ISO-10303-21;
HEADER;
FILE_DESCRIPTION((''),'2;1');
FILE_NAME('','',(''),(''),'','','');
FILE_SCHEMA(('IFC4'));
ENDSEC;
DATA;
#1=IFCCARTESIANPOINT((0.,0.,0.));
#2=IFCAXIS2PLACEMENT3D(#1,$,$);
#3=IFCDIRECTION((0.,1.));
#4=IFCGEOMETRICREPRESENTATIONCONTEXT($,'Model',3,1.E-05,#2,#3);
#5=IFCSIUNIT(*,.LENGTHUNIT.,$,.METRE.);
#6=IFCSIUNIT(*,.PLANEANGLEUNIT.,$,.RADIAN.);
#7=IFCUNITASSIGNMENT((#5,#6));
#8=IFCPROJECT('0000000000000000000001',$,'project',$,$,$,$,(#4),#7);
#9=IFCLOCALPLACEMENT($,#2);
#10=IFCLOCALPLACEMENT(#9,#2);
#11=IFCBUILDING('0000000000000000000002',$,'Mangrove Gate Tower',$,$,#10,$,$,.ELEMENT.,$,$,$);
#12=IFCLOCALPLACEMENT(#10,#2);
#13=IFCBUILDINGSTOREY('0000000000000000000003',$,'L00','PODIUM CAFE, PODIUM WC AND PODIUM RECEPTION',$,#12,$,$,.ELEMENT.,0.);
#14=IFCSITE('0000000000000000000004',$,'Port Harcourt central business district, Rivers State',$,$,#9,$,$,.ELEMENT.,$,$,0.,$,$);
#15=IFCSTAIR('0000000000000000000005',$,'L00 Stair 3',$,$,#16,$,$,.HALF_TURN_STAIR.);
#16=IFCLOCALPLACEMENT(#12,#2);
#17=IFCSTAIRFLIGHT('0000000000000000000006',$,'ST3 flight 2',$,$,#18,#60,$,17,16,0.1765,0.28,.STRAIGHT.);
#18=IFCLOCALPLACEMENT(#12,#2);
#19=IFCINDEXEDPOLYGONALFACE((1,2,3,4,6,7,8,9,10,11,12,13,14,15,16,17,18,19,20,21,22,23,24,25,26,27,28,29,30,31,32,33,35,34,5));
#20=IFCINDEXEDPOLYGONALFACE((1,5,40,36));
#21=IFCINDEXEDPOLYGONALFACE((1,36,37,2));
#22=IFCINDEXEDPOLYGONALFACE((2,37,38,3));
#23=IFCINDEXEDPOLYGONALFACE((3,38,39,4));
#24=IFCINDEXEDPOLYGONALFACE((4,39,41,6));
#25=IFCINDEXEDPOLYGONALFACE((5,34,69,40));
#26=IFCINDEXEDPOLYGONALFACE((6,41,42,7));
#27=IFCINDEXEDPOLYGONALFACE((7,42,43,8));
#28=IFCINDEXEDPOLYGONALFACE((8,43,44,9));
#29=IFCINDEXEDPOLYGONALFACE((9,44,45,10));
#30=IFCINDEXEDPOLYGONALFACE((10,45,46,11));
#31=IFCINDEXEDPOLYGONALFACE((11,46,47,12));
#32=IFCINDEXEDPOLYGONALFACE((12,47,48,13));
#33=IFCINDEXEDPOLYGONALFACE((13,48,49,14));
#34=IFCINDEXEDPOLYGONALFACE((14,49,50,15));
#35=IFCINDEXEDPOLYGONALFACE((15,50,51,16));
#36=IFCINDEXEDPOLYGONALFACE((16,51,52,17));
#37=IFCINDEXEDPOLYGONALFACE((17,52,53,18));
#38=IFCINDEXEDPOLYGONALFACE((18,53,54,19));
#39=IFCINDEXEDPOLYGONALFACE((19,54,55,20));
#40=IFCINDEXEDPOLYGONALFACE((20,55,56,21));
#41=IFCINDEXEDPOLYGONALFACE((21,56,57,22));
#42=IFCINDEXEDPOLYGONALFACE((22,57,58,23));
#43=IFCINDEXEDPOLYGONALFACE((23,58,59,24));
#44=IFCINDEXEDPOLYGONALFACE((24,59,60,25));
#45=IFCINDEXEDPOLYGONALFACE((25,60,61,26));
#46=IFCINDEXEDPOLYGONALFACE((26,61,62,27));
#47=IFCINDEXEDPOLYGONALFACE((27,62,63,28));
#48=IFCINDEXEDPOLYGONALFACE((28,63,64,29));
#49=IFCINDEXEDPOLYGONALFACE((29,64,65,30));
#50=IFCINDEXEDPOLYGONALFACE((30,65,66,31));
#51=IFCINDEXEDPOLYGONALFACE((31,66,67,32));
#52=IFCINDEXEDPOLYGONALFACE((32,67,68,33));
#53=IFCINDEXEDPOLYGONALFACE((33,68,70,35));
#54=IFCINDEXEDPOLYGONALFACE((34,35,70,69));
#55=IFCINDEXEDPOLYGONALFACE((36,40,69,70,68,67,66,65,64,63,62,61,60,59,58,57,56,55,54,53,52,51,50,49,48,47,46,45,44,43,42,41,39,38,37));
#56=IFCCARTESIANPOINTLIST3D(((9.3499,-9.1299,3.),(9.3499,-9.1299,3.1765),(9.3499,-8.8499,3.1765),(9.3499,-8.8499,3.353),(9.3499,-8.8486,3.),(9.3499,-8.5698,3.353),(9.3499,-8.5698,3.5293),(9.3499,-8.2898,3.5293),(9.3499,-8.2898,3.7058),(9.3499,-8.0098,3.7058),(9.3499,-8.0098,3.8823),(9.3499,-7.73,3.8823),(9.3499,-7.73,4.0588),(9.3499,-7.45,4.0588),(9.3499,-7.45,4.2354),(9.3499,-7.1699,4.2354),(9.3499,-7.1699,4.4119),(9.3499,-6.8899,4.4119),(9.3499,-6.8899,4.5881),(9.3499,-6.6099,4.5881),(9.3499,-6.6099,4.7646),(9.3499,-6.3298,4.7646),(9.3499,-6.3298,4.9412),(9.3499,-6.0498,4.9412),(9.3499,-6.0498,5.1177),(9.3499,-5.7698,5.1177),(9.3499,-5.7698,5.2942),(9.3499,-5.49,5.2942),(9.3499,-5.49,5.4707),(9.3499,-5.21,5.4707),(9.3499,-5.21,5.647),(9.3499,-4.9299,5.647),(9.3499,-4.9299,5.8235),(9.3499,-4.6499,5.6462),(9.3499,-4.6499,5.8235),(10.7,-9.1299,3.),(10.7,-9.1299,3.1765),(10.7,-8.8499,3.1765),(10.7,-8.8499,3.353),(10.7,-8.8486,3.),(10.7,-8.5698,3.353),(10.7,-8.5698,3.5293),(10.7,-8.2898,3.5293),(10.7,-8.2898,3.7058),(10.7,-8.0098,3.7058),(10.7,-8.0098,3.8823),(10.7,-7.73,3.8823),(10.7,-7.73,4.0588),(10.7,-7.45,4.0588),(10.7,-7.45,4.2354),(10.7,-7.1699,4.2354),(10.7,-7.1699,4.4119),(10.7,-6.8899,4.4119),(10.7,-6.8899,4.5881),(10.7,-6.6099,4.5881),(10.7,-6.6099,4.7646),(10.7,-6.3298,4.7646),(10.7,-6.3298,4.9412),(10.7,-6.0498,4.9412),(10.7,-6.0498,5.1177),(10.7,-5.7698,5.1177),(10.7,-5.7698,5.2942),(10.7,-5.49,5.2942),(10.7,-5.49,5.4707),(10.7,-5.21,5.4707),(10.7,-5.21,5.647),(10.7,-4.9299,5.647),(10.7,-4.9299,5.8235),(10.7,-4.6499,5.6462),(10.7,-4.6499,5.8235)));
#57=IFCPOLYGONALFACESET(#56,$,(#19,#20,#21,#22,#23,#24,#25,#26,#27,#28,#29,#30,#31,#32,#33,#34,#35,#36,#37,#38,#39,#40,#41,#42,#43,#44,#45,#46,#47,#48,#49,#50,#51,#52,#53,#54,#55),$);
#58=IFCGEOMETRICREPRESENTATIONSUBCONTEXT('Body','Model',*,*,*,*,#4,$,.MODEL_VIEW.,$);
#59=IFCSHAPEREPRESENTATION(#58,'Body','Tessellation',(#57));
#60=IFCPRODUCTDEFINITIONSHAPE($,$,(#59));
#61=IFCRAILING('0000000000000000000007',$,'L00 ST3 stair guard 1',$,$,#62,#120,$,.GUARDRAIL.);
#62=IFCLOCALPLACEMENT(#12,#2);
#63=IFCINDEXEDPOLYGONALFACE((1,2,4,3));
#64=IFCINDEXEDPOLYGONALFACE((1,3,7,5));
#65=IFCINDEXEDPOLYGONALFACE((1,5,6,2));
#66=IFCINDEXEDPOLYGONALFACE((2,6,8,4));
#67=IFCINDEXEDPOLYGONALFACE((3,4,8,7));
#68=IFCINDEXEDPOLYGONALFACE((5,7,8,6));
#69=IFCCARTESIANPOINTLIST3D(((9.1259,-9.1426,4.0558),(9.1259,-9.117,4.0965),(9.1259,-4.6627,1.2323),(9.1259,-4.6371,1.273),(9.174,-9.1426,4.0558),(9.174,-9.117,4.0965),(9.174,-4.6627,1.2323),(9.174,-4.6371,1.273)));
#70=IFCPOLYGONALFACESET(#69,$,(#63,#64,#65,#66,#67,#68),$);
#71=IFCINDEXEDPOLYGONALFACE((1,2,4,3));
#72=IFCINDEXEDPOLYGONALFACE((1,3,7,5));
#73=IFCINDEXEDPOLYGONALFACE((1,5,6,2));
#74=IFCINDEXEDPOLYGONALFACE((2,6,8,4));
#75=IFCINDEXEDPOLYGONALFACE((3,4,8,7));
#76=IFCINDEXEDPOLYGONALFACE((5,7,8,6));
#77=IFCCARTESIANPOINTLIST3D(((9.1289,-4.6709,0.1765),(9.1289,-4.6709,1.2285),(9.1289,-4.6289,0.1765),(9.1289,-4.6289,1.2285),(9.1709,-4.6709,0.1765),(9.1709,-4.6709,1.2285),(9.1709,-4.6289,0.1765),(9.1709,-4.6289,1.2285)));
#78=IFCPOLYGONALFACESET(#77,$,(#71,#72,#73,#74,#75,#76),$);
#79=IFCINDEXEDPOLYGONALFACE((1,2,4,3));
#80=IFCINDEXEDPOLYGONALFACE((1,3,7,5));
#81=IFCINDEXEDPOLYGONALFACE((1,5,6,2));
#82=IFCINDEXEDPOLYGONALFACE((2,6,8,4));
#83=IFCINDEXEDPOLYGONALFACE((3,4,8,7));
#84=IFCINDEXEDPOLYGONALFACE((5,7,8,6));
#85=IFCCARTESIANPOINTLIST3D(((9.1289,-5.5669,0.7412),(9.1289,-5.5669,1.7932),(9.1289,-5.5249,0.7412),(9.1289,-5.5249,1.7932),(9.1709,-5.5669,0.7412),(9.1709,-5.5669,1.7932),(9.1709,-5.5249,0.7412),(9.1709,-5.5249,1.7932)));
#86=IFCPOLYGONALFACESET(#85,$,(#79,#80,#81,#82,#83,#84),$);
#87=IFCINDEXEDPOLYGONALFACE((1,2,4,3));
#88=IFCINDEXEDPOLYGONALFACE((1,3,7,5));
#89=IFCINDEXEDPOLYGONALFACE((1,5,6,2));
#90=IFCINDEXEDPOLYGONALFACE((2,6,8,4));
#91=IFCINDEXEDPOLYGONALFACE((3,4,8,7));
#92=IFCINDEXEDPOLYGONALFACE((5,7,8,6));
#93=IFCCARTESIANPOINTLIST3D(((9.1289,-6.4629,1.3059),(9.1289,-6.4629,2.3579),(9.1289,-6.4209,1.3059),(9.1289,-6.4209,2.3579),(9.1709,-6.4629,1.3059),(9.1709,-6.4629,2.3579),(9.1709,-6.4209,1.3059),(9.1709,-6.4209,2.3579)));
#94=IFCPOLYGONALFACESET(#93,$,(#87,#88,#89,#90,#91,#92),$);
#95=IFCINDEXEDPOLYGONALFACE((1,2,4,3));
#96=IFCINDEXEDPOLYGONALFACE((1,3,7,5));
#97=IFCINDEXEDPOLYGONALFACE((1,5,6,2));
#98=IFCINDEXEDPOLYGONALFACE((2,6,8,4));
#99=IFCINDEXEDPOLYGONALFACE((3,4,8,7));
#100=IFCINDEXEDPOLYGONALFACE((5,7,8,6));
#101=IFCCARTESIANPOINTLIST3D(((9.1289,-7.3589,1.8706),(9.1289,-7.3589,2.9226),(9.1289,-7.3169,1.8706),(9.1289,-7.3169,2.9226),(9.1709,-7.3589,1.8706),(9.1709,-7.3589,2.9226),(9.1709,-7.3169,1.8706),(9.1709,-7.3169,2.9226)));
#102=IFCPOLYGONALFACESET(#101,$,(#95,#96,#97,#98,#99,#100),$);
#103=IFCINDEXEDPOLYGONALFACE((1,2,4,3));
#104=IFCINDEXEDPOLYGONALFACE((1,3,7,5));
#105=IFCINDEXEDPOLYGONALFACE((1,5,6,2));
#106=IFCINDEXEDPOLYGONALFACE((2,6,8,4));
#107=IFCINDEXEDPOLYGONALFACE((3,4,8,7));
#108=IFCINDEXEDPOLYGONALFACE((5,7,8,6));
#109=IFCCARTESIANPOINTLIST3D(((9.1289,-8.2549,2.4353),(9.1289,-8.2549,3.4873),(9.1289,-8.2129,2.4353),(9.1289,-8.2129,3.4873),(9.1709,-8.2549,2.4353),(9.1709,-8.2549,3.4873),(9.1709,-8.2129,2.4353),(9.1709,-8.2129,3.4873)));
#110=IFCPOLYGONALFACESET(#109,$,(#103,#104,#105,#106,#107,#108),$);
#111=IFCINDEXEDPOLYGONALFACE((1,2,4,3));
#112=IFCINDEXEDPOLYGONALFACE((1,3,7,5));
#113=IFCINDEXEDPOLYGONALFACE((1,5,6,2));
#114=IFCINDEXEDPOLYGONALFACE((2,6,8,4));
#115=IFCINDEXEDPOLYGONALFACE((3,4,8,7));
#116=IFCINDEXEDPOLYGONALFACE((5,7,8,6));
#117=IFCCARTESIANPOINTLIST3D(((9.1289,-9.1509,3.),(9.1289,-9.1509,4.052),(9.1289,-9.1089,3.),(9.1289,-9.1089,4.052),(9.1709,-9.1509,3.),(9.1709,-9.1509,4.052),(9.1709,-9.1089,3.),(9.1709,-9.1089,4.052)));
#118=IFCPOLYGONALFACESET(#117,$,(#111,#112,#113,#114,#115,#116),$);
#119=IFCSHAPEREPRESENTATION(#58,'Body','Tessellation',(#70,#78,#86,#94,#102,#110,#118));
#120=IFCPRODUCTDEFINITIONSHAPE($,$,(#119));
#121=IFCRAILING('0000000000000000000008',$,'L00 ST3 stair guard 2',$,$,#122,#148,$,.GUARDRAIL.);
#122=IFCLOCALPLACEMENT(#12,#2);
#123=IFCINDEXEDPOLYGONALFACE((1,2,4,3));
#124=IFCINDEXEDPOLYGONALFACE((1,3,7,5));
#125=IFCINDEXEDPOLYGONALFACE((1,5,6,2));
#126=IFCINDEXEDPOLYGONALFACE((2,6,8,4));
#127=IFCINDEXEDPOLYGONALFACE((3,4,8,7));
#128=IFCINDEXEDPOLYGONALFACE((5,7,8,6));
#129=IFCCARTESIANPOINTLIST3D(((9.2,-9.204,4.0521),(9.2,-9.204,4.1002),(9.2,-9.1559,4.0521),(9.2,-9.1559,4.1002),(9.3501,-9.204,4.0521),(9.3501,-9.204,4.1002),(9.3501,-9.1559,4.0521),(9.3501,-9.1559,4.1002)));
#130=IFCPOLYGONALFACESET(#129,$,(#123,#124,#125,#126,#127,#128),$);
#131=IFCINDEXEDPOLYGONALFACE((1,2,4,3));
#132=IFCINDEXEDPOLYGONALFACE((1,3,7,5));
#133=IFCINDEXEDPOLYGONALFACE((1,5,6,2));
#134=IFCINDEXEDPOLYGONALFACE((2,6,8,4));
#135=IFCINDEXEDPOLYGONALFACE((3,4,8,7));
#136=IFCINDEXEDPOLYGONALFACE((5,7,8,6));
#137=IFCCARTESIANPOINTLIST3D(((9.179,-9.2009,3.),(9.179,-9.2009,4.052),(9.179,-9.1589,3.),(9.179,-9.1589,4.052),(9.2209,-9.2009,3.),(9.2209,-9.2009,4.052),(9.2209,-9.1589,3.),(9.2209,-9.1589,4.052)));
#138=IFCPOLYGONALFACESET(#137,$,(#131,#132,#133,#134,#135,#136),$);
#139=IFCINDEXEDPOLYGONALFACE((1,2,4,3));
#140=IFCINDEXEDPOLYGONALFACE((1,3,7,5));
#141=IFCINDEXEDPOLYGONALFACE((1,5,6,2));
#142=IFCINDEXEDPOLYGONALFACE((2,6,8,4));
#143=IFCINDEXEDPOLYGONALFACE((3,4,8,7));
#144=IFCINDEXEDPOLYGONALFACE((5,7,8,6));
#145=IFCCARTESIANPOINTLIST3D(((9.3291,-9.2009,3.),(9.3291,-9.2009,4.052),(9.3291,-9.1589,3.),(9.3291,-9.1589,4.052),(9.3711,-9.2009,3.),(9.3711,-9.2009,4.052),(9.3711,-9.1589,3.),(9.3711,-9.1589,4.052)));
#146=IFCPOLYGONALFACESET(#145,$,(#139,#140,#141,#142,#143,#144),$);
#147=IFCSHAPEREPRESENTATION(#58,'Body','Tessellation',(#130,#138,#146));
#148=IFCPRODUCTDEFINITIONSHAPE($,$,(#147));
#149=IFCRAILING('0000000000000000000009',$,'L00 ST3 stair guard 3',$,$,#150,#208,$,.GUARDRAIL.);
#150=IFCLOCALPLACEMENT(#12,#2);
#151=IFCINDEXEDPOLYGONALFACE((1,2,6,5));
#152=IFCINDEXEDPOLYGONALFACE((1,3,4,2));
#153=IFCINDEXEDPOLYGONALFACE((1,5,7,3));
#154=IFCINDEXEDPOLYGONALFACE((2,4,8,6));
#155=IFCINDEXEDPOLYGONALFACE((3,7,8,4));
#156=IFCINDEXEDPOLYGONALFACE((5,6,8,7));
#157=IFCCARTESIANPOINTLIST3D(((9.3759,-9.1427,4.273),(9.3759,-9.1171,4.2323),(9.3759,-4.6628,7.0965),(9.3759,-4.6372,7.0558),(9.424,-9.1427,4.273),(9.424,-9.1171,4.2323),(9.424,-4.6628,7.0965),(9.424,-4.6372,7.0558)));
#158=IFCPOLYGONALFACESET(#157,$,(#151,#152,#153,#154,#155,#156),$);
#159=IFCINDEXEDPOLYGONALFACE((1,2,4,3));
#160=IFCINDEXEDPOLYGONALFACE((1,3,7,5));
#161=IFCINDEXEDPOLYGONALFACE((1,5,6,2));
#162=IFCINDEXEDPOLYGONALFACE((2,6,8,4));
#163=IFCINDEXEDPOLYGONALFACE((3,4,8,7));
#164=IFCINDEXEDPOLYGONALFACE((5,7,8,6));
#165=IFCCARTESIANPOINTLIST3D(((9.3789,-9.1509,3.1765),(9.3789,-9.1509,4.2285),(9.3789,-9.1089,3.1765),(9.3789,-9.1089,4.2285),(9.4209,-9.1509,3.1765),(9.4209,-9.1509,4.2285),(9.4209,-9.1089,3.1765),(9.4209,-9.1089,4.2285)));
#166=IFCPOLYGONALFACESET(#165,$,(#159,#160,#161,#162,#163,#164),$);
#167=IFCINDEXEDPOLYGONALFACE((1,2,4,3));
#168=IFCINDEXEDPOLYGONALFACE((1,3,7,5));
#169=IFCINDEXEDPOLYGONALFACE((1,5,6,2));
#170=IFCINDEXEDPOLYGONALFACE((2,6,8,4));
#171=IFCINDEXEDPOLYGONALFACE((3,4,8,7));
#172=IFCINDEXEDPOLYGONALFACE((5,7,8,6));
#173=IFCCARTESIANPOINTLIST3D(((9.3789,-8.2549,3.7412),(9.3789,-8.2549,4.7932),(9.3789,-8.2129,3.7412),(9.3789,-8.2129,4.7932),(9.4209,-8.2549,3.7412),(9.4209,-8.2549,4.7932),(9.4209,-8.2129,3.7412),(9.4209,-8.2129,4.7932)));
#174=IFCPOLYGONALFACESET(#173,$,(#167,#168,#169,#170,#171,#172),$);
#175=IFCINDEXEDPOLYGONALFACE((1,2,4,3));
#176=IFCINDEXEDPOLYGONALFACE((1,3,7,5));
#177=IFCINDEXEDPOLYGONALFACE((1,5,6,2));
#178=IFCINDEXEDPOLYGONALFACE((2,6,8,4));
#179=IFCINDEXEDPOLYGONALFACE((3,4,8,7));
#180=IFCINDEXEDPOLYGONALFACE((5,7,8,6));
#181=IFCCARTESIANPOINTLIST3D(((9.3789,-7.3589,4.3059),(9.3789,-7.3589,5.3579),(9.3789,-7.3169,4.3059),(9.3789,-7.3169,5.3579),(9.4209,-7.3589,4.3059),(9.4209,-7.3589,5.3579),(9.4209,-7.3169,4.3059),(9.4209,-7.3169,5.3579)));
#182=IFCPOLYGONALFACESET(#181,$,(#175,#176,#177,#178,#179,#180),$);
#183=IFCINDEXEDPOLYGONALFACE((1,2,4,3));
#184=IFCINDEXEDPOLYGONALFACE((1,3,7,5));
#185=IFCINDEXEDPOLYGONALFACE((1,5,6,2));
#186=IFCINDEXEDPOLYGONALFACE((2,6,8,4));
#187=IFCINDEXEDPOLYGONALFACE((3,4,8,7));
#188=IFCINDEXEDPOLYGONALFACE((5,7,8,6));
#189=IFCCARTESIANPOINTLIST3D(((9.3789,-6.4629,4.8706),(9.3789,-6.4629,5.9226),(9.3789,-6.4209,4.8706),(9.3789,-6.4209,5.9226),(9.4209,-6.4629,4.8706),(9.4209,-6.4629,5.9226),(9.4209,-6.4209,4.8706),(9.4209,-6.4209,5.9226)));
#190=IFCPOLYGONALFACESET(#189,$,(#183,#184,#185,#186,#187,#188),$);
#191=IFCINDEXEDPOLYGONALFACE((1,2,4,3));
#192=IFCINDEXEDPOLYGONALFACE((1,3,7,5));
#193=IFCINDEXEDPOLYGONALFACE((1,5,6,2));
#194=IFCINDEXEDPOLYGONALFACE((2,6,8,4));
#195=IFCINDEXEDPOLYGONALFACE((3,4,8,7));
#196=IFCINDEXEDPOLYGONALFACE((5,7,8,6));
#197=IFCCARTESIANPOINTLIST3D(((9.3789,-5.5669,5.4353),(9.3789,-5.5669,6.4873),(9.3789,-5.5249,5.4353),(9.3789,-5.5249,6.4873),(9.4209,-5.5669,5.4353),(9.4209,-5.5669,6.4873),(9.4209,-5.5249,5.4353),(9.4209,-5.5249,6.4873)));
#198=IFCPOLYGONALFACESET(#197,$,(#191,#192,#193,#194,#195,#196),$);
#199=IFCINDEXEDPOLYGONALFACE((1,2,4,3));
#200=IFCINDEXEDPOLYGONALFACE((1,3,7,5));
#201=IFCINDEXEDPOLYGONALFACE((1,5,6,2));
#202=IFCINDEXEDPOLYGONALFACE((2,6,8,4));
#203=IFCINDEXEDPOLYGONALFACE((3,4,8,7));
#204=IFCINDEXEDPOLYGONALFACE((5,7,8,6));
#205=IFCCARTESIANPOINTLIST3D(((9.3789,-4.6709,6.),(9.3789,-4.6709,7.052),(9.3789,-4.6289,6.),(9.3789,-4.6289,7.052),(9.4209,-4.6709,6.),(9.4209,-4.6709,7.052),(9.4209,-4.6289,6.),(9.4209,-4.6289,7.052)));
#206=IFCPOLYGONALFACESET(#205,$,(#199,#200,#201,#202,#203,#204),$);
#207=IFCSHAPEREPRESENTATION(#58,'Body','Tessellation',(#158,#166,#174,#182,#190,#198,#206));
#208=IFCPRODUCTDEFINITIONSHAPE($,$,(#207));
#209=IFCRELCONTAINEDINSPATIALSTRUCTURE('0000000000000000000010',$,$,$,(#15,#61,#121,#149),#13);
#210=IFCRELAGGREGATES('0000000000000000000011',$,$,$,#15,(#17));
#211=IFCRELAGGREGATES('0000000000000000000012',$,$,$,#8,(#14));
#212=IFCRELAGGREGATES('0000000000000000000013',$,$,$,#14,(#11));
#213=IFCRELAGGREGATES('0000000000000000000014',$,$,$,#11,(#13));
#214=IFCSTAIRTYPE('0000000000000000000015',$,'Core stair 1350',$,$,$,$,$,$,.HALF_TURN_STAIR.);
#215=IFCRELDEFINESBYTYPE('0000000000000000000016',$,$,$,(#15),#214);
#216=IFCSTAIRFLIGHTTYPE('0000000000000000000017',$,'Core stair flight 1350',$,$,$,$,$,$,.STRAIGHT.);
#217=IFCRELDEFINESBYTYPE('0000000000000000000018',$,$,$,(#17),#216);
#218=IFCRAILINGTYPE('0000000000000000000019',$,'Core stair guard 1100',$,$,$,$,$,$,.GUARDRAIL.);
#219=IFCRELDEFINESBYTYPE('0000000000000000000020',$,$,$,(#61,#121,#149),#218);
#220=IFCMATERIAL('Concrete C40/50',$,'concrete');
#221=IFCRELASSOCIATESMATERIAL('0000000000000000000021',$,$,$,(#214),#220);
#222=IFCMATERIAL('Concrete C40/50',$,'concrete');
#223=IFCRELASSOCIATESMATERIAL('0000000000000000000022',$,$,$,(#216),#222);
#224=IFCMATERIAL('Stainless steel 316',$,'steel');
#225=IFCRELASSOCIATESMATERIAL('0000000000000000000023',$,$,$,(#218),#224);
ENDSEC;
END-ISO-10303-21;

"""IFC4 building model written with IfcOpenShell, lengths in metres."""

from ifc_helpers import new_model, si_unit, direction, frame, origin, origin_2d, place, context, subcontext, project, spatial, polyline, rectangle, outline, extrude, material, type_object, element, aggregate, save


model = new_model("IFC4")

# Units and contexts
model_context = context("Model", 3, precision=1e-05, world=origin(), true_north=direction((0.0, 1.0)))
body_context = subcontext(model_context, "Body", "Model", "MODEL_VIEW")
ifc_project = project(units=[si_unit("LENGTHUNIT", "METRE"), si_unit("PLANEANGLEUNIT", "RADIAN")], contexts=[model_context])

# Site, building, storey
site_placement = place(None, origin())
site = spatial("IfcSite", under=ifc_project, at=site_placement, Name="Port Harcourt central business district, Rivers State", CompositionType="ELEMENT", RefElevation=0.0)
building_placement = place(site_placement, origin())
building = spatial("IfcBuilding", under=site, at=building_placement, Name="Mangrove Gate Tower", CompositionType="ELEMENT")
storey_placement = place(building_placement, origin())
storey = spatial("IfcBuildingStorey", under=building, at=storey_placement, Name="L00", Description="PODIUM CAFE, PODIUM WC AND PODIUM RECEPTION", CompositionType="ELEMENT", Elevation=0.0)

# Stair, stair flight
ifc_material_1 = material(Name="Concrete C40/50", Category="concrete")
stair_type = type_object("IfcStairType", Name="Core stair 1350", PredefinedType="HALF_TURN_STAIR", material=ifc_material_1)
stair_placement = place(storey_placement, origin())
stair = element("IfcStair", 1, at=stair_placement, inside=storey, type_object=stair_type, Name="L00 Stair 3", PredefinedType="HALF_TURN_STAIR")
ifc_material_2 = material(Name="Concrete C40/50", Category="concrete")
stair_flight_type = type_object("IfcStairFlightType", Name="Core stair flight 1350", PredefinedType="STRAIGHT", material=ifc_material_2)
stair_flight_placement = place(storey_placement, frame((10.0249, -9.1299, 3.0), z_axis=(0.0, 0.0, 1.0), x_axis=(0.0, 1.0, 0.0)))
stair_flight = element("IfcStairFlight", 2, at=stair_flight_placement, type_object=stair_flight_type, Name="ST3 flight 2", NumberOfRisers=17, NumberOfTreads=16, PredefinedType="STRAIGHT", RiserHeight=0.1765, TreadLength=0.28, context=body_context, shape_type="SweptSolid", body=[
    extrude(outline(polyline([(0.0, 0.0), (0.0, 0.1765), (0.28, 0.1765), (0.28, 0.353), (0.5601, 0.353), (0.5601, 0.5293), (0.8401, 0.5293), (0.8401, 0.7058), (1.1201, 0.7058), (1.1201, 0.8823), (1.3999, 0.8823), (1.3999, 1.0588), (1.6799, 1.0588), (1.6799, 1.2354), (1.96, 1.2354), (1.96, 1.4119), (2.24, 1.4119), (2.24, 1.5881), (2.52, 1.5881), (2.52, 1.7646), (2.8, 1.7646), (2.8, 1.9412), (3.0801, 1.9412), (3.0801, 2.1177), (3.3601, 2.1177), (3.3601, 2.2942), (3.6399, 2.2942), (3.6399, 2.4707), (3.9199, 2.4707), (3.9199, 2.647), (4.2, 2.647), (4.2, 2.8235), (4.48, 2.8235), (4.48, 3.0), (4.48, 2.6462), (0.2812, 0.0), (0.0, 0.0)])), frame((0.0, 0.675, 0.0), z_axis=(0.0, -1.0, 0.0), x_axis=(1.0, 0.0, 0.0)), (0.0, 0.0, 1.0), 1.3501),
])
aggregate(stair, [stair_flight])

# Railings
ifc_material_3 = material(Name="Stainless steel 316", Category="steel")
railing_type_1 = type_object("IfcRailingType", Name="Core stair guard 1100", PredefinedType="GUARDRAIL", material=ifc_material_3)
railing_1_placement = place(storey_placement, frame((9.1499, -4.6499, 0.1765)))
element("IfcRailing", 3, at=railing_1_placement, inside=storey, type_object=railing_type_1, Name="L00 ST3 stair guard 1", PredefinedType="GUARDRAIL", context=body_context, shape_type="SweptSolid", body=[
    extrude(rectangle(XDim=0.0481, YDim=0.0481, at=origin_2d()), frame((0.0, 0.0, 1.0762), z_axis=(0.0, -0.845998, 0.533186), x_axis=(1.0, 0.0, 0.0)), (0.0, 0.0, 1.0), 5.2954),
    extrude(rectangle(XDim=0.042, YDim=0.042, at=origin_2d()), origin(), (0.0, 0.0, 1.0), 1.052),
    extrude(rectangle(XDim=0.042, YDim=0.042, at=origin_2d()), frame((0.0, -0.896, 0.5647)), (0.0, 0.0, 1.0), 1.052),
    extrude(rectangle(XDim=0.042, YDim=0.042, at=origin_2d()), frame((0.0, -1.792, 1.1294)), (0.0, 0.0, 1.0), 1.052),
    extrude(rectangle(XDim=0.042, YDim=0.042, at=origin_2d()), frame((0.0, -2.688, 1.6941)), (0.0, 0.0, 1.0), 1.052),
    extrude(rectangle(XDim=0.042, YDim=0.042, at=origin_2d()), frame((0.0, -3.584, 2.2588)), (0.0, 0.0, 1.0), 1.052),
    extrude(rectangle(XDim=0.042, YDim=0.042, at=origin_2d()), frame((0.0, -4.48, 2.8235)), (0.0, 0.0, 1.0), 1.052),
])
railing_2_placement = place(storey_placement, frame((9.2, -9.1799, 3.0)))
element("IfcRailing", 4, at=railing_2_placement, inside=storey, type_object=railing_type_1, Name="L00 ST3 stair guard 2", PredefinedType="GUARDRAIL", context=body_context, shape_type="SweptSolid", body=[
    extrude(rectangle(XDim=0.0481, YDim=0.0481, at=origin_2d()), frame((0.0, 0.0, 1.0762), z_axis=(1.0, 0.0, 0.0), x_axis=(0.0, 1.0, 0.0)), (0.0, 0.0, 1.0), 0.1501),
    extrude(rectangle(XDim=0.042, YDim=0.042, at=origin_2d()), origin(), (0.0, 0.0, 1.0), 1.052),
    extrude(rectangle(XDim=0.042, YDim=0.042, at=origin_2d()), frame((0.1501, 0.0, 0.0)), (0.0, 0.0, 1.0), 1.052),
])
railing_3_placement = place(storey_placement, frame((9.3999, -9.1299, 3.1765)))
element("IfcRailing", 5, at=railing_3_placement, inside=storey, type_object=railing_type_1, Name="L00 ST3 stair guard 3", PredefinedType="GUARDRAIL", context=body_context, shape_type="SweptSolid", body=[
    extrude(rectangle(XDim=0.0481, YDim=0.0481, at=origin_2d()), frame((0.0, 0.0, 1.0762), z_axis=(0.0, 0.845998, 0.533186), x_axis=(-1.0, 0.0, 0.0)), (0.0, 0.0, 1.0), 5.2954),
    extrude(rectangle(XDim=0.042, YDim=0.042, at=origin_2d()), origin(), (0.0, 0.0, 1.0), 1.052),
    extrude(rectangle(XDim=0.042, YDim=0.042, at=origin_2d()), frame((0.0, 0.896, 0.5647)), (0.0, 0.0, 1.0), 1.052),
    extrude(rectangle(XDim=0.042, YDim=0.042, at=origin_2d()), frame((0.0, 1.792, 1.1294)), (0.0, 0.0, 1.0), 1.052),
    extrude(rectangle(XDim=0.042, YDim=0.042, at=origin_2d()), frame((0.0, 2.688, 1.6941)), (0.0, 0.0, 1.0), 1.052),
    extrude(rectangle(XDim=0.042, YDim=0.042, at=origin_2d()), frame((0.0, 3.584, 2.2588)), (0.0, 0.0, 1.0), 1.052),
    extrude(rectangle(XDim=0.042, YDim=0.042, at=origin_2d()), frame((0.0, 4.48, 2.8235)), (0.0, 0.0, 1.0), 1.052),
])

save(model, "model.ifc")
